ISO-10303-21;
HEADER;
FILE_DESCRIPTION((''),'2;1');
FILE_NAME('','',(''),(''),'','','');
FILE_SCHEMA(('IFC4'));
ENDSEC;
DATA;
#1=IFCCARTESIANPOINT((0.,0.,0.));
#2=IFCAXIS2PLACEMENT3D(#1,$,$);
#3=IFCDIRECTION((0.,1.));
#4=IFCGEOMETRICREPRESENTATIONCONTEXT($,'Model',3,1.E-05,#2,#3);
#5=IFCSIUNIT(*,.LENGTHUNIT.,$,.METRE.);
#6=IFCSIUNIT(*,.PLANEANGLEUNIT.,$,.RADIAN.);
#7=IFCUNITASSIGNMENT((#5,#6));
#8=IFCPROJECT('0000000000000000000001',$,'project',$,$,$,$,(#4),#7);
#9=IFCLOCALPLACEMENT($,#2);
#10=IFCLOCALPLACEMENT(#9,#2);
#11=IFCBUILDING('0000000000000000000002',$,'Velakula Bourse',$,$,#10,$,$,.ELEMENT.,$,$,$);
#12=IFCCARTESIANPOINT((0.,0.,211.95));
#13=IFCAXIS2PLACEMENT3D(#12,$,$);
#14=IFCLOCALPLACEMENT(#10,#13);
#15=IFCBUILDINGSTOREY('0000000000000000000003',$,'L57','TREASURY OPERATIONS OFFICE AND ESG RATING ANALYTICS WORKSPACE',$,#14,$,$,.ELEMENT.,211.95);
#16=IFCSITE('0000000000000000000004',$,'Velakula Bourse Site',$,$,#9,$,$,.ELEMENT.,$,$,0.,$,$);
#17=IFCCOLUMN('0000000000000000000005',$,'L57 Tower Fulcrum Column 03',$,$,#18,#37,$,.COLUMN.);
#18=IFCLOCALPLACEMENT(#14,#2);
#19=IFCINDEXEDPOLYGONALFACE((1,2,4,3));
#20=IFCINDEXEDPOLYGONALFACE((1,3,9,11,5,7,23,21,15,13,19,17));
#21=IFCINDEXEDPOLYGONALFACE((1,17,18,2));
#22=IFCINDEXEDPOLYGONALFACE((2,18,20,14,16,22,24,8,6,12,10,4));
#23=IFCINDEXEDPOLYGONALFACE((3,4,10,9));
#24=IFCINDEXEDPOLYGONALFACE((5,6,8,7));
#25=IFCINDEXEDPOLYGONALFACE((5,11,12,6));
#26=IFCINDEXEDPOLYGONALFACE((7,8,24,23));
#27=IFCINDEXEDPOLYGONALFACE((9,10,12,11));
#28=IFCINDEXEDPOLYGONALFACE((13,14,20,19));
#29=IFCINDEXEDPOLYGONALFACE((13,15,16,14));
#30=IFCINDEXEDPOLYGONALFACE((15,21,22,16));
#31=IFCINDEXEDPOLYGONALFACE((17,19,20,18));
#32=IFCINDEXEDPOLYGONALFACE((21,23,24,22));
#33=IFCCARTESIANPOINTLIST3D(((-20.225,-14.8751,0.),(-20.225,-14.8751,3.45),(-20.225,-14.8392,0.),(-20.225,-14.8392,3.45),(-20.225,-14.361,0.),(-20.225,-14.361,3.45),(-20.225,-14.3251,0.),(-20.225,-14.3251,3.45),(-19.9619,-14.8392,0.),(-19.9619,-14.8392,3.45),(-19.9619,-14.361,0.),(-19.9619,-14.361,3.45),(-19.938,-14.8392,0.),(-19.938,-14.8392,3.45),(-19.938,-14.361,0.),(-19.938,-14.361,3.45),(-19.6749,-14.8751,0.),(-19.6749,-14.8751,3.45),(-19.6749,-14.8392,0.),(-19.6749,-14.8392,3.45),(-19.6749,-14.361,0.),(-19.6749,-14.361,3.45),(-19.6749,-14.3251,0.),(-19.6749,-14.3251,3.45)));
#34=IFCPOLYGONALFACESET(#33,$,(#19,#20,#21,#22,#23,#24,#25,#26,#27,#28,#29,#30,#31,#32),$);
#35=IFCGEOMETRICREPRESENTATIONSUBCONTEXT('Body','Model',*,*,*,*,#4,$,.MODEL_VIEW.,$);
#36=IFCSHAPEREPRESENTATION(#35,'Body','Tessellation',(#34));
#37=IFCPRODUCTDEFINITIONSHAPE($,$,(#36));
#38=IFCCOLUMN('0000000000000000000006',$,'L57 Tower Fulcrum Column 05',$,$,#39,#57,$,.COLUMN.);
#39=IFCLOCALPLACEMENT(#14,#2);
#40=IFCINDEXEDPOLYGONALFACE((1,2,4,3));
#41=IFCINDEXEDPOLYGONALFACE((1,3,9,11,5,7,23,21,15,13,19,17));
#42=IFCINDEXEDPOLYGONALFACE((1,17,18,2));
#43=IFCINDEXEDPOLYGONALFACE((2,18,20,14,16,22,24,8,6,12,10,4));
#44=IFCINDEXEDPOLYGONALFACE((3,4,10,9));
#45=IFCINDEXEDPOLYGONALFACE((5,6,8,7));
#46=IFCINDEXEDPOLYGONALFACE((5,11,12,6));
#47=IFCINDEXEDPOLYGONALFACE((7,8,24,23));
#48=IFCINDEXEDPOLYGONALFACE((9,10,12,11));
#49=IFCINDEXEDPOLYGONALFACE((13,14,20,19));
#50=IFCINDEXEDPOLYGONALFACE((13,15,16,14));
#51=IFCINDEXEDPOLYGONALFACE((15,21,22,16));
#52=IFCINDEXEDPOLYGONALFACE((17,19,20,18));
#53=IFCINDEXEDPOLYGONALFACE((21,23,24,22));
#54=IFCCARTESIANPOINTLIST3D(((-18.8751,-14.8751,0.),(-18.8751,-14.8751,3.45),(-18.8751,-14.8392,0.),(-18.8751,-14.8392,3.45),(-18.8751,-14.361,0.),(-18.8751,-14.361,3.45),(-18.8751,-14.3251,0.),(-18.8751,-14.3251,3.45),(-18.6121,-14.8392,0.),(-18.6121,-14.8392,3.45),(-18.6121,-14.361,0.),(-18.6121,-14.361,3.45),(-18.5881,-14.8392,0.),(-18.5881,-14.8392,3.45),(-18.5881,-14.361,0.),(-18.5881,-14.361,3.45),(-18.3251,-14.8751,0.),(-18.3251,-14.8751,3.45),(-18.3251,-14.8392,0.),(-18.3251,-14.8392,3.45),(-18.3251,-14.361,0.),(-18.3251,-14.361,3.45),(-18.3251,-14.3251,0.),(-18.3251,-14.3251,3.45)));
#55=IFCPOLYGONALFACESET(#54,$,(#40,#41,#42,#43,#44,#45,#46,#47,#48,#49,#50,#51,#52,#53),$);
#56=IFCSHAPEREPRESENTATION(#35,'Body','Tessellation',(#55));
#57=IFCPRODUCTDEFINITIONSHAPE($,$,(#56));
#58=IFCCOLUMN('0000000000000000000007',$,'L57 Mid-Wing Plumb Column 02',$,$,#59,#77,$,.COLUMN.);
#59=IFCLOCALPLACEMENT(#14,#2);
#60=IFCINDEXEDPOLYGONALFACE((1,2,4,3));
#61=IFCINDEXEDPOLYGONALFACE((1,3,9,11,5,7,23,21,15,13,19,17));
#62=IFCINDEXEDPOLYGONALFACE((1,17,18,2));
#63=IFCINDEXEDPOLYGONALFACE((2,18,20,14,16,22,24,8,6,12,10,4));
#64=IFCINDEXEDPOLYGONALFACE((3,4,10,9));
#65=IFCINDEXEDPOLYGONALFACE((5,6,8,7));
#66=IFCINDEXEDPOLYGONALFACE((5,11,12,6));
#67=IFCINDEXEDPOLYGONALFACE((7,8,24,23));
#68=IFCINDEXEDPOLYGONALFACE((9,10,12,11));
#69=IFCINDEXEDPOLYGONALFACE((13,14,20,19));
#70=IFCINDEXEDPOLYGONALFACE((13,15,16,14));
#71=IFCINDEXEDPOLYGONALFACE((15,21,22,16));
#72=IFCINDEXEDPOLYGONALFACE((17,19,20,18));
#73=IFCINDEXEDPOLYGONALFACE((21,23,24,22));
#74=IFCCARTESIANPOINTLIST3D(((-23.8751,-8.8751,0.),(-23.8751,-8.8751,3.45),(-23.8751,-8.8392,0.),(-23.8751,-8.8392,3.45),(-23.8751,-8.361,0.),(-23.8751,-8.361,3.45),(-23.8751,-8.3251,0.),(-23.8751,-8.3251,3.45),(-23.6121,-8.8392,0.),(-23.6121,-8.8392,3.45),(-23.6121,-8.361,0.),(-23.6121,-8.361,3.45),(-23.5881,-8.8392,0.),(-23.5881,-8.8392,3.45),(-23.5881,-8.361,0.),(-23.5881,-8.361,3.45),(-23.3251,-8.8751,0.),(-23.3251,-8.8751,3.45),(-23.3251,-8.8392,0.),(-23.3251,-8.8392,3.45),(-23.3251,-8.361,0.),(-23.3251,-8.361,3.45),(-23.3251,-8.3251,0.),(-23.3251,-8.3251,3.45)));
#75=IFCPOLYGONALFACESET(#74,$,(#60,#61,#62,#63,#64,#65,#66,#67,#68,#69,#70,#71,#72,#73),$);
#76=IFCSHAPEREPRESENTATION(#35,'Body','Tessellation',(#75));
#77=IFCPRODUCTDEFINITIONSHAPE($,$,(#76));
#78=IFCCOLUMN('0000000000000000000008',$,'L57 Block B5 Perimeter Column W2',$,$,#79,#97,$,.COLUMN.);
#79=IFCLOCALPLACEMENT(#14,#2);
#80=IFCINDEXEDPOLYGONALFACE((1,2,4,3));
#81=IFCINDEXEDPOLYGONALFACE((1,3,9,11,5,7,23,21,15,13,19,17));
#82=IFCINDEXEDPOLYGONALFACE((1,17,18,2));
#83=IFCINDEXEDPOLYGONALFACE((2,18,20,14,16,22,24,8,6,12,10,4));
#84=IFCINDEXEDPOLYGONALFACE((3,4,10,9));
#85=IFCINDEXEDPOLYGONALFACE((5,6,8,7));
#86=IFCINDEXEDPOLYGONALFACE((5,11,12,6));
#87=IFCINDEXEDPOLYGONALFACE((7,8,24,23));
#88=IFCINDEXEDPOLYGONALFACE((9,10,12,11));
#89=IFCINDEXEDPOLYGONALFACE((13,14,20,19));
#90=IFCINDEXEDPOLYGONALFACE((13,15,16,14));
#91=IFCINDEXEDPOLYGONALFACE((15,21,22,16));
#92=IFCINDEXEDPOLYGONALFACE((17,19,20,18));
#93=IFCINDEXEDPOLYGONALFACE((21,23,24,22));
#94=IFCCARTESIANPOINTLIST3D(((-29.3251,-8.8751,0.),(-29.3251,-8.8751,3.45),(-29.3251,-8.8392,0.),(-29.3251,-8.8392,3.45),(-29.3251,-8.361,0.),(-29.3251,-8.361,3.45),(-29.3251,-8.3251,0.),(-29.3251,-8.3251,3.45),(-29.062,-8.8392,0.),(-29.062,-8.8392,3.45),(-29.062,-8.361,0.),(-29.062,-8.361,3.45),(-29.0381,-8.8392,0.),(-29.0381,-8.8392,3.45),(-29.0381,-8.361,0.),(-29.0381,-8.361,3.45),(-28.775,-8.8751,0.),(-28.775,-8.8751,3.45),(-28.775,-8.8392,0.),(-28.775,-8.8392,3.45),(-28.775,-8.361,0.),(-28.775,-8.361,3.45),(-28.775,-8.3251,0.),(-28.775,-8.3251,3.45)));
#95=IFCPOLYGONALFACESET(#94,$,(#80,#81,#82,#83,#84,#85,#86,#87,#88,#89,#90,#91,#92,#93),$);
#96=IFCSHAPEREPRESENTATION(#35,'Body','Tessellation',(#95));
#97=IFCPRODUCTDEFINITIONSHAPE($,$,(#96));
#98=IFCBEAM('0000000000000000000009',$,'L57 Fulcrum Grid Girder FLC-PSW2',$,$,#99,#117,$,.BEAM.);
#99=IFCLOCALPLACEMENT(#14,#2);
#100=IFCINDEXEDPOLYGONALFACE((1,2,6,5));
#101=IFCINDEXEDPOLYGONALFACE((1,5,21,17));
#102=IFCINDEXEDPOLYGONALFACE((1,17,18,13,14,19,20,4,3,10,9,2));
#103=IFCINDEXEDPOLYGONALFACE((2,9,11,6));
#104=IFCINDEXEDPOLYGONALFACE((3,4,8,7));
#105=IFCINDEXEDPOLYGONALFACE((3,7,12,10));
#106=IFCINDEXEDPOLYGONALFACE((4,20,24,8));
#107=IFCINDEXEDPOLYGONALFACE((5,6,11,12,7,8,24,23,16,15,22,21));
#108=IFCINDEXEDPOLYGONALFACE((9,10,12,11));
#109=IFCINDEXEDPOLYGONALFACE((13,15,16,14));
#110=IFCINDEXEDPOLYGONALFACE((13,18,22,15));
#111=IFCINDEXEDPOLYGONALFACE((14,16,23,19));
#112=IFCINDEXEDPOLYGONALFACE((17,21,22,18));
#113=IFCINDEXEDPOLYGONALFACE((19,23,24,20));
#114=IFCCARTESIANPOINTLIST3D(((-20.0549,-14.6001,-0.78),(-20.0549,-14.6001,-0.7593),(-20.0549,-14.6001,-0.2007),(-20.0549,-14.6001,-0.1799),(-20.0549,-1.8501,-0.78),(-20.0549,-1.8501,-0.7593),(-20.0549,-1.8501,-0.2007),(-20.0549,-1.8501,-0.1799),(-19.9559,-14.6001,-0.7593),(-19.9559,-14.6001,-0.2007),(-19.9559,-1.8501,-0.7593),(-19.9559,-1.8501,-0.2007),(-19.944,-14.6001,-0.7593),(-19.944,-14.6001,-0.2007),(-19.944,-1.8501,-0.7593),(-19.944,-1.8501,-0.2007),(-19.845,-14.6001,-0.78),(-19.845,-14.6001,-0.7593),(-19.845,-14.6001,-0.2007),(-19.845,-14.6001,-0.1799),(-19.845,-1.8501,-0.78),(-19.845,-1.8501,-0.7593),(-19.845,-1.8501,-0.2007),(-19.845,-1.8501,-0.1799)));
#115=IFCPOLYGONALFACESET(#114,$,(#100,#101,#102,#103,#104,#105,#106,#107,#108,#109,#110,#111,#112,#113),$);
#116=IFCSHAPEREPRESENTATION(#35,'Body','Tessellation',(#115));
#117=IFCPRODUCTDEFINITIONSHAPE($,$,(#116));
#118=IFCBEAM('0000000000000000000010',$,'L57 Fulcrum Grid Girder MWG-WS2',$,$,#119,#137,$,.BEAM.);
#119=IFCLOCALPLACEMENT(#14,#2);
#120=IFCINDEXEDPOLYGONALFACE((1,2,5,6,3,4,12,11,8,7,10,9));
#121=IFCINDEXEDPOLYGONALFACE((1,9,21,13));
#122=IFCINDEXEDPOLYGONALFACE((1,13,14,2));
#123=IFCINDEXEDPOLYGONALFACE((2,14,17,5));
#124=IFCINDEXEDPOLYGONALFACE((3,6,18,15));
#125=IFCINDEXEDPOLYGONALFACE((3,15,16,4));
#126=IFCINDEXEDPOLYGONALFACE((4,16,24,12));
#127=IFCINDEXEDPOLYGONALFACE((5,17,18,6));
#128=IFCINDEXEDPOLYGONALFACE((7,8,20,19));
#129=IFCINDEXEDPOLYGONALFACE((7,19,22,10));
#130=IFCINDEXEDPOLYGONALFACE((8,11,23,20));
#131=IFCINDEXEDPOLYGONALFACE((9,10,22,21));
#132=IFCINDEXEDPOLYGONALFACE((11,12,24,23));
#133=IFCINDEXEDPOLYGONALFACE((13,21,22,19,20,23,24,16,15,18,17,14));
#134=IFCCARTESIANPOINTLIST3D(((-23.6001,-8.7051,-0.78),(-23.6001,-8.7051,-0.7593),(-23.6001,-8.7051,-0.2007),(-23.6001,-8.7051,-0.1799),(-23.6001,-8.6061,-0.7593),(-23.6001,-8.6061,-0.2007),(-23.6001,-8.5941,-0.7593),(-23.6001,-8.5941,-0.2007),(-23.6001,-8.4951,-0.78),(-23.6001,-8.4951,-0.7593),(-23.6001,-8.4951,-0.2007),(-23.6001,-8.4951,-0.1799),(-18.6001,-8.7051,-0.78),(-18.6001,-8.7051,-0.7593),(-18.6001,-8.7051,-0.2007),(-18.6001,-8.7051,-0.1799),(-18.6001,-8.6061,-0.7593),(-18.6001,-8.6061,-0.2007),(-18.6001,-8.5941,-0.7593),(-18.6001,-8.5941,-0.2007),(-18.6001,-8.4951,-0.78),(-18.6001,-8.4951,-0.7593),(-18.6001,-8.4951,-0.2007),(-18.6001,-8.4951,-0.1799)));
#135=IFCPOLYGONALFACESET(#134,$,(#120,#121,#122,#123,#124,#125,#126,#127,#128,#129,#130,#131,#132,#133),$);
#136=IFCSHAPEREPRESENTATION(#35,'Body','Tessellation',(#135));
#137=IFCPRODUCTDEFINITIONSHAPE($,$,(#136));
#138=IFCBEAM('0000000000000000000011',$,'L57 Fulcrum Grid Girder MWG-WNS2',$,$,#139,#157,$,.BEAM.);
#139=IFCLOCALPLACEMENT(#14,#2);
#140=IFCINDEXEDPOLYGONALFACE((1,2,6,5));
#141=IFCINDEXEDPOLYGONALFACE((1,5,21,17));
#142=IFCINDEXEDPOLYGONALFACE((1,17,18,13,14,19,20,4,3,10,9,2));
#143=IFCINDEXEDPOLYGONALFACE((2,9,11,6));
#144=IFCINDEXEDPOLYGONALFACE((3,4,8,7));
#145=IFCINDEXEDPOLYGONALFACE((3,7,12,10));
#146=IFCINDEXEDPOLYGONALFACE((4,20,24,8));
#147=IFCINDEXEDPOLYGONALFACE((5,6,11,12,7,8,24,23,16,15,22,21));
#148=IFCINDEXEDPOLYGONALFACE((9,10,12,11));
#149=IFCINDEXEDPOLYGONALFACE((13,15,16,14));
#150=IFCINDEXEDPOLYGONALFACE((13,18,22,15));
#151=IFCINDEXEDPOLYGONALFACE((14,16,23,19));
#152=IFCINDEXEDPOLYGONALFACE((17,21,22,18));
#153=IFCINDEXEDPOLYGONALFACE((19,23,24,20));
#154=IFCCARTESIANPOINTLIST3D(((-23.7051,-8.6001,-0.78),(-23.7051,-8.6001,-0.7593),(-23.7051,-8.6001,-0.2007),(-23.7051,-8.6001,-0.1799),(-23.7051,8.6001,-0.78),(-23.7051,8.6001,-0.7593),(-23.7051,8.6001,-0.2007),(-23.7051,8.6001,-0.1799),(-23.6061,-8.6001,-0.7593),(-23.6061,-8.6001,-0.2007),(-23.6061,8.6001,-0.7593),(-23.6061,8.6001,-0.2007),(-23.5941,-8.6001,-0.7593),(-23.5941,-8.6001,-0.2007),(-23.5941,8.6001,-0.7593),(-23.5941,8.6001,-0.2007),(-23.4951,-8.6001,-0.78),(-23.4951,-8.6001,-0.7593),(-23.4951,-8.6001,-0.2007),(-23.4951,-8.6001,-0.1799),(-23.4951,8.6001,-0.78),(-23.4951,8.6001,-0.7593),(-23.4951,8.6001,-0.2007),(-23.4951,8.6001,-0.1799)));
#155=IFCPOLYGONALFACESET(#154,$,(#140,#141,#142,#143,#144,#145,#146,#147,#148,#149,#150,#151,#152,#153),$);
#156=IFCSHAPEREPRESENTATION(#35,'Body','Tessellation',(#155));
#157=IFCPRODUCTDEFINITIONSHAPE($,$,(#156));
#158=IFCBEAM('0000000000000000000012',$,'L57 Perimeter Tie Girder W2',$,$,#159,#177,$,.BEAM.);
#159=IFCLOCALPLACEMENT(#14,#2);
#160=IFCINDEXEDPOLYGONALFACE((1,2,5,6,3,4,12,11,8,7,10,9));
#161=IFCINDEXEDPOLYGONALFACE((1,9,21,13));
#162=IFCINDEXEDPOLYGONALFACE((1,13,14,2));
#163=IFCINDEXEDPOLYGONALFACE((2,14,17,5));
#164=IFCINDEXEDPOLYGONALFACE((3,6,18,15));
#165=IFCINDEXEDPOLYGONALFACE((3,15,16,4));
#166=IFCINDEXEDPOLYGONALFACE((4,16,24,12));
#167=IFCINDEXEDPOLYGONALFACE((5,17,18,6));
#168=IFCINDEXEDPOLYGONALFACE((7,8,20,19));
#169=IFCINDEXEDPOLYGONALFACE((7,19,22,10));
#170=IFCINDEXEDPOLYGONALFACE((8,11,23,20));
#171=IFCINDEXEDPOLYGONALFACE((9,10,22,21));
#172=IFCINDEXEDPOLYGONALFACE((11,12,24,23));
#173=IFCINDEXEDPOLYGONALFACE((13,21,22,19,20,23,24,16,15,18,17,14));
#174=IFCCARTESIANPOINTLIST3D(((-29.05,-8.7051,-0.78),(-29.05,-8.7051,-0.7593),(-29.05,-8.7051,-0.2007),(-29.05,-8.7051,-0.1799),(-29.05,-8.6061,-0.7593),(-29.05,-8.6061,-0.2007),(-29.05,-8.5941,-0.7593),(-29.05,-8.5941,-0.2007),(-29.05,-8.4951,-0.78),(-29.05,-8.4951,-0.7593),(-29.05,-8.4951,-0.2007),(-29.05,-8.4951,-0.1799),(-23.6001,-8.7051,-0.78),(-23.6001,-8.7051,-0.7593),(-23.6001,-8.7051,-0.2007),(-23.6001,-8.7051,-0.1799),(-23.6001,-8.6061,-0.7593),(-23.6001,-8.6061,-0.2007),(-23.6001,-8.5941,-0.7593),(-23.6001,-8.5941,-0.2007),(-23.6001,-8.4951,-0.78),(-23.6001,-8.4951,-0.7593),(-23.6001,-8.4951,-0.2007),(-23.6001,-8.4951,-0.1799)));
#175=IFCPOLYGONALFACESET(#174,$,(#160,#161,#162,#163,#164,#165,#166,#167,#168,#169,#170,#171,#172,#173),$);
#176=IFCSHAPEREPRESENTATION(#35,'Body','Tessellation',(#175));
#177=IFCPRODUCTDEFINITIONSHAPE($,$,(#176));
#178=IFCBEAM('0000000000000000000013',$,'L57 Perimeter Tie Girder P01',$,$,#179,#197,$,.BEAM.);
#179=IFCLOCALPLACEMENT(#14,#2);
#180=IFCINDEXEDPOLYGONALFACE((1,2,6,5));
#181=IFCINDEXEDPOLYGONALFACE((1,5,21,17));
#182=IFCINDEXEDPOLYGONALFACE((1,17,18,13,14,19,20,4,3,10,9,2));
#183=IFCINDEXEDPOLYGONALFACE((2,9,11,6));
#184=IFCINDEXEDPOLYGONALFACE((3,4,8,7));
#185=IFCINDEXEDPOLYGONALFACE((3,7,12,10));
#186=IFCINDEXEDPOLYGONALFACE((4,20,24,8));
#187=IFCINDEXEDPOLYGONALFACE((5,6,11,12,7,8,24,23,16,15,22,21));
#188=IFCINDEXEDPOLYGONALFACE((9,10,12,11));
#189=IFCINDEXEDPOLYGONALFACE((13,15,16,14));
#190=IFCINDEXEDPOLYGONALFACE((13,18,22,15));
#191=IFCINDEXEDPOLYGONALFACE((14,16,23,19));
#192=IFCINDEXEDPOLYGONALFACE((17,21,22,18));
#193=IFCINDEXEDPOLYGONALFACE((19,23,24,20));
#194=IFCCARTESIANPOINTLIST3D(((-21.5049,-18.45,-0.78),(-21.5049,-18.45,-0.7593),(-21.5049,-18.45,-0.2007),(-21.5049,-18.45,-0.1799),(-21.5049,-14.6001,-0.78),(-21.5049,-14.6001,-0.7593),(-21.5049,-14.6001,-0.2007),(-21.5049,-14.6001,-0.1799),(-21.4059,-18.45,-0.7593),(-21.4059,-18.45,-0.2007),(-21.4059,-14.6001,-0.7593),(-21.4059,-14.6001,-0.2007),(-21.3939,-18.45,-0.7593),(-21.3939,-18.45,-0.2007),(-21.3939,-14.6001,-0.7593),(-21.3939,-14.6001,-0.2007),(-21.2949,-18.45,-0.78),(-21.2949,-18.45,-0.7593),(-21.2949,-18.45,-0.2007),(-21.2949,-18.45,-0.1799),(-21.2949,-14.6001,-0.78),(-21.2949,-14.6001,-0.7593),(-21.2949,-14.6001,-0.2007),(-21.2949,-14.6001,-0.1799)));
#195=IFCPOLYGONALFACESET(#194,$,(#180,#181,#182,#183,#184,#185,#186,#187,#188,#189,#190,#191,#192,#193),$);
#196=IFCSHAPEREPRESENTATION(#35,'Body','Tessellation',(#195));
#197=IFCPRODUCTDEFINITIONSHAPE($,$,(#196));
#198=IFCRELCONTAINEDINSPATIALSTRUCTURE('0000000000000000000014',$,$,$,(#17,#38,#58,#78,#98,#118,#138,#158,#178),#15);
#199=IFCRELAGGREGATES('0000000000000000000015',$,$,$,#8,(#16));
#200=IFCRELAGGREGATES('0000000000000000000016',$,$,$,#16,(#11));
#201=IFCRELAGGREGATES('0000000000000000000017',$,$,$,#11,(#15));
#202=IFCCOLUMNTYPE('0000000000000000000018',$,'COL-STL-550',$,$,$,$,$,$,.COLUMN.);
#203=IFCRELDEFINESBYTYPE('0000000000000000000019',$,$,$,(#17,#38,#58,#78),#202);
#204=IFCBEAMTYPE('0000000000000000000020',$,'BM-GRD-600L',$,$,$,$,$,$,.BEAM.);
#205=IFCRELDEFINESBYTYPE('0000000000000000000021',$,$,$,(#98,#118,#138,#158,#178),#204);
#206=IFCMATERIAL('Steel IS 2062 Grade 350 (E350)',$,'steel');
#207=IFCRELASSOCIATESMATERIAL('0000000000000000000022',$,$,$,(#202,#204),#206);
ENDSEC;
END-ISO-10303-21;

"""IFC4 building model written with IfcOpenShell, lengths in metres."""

from ifc_helpers import new_model, si_unit, direction, frame, origin, origin_2d, place, context, subcontext, project, spatial, i_section, extrude, material, material_profile, profile_set, type_object, element, save


model = new_model("IFC4")

# Units and contexts
model_context = context("Model", 3, precision=1e-05, world=origin(), true_north=direction((0.0, 1.0)))
body_context = subcontext(model_context, "Body", "Model", "MODEL_VIEW")
ifc_project = project(units=[si_unit("LENGTHUNIT", "METRE"), si_unit("PLANEANGLEUNIT", "RADIAN")], contexts=[model_context])

# Site, building, storey
site_placement = place(None, origin())
site = spatial("IfcSite", under=ifc_project, at=site_placement, Name="Velakula Bourse Site", CompositionType="ELEMENT", RefElevation=0.0)
building_placement = place(site_placement, origin())
building = spatial("IfcBuilding", under=site, at=building_placement, Name="Velakula Bourse", CompositionType="ELEMENT")
storey_placement = place(building_placement, frame((0.0, 0.0, 211.95)))
storey = spatial("IfcBuildingStorey", under=building, at=storey_placement, Name="L57", Description="TREASURY OPERATIONS OFFICE AND ESG RATING ANALYTICS WORKSPACE", CompositionType="ELEMENT", Elevation=211.95)

# Columns
ifc_material_1 = material(Name="Steel IS 2062 Grade 350 (E350)", Category="steel")
ifc_material_profile_1 = material_profile(ifc_material_1, i_section(OverallWidth=0.55, OverallDepth=0.55, WebThickness=0.0239, FlangeThickness=0.0359, at=origin_2d()), Name="Steel IS 2062 Grade 350 (E350)")
ifc_profile_set_1 = profile_set([ifc_material_profile_1], Name="Steel IS 2062 Grade 350 (E350)")
column_type = type_object("IfcColumnType", Name="COL-STL-550", PredefinedType="COLUMN", material=ifc_profile_set_1)
for number, where, z_axis, x_axis, name in (
    (1, (-19.95, -14.6001, 0.0), (0.0, 0.0, 1.0), (1.0, 0.0, 0.0), "L57 Tower Fulcrum Column 03"),
    (2, (-18.6001, -14.6001, 0.0), (0.0, 0.0, 1.0), (1.0, 0.0, 0.0), "L57 Tower Fulcrum Column 05"),
    (3, (-23.6001, -8.6001, 0.0), (0.0, 0.0, 1.0), (1.0, 0.0, 0.0), "L57 Mid-Wing Plumb Column 02"),
    (4, (-29.05, -8.6001, 0.0), (0.0, 0.0, 1.0), (1.0, 0.0, 0.0), "L57 Block B5 Perimeter Column W2"),
):
    element("IfcColumn", number, at=place(storey_placement, frame(where, z_axis=z_axis, x_axis=x_axis)), inside=storey, type_object=column_type, Name=name, PredefinedType="COLUMN", context=body_context, shape_type="SweptSolid", body=[
        extrude(i_section(OverallWidth=0.55, OverallDepth=0.55, WebThickness=0.0239, FlangeThickness=0.0359, at=origin_2d()), origin(), (0.0, 0.0, 1.0), 3.45),
    ])

# Beams
ifc_material_profile_2 = material_profile(ifc_material_1, i_section(OverallWidth=0.21, OverallDepth=0.6001, WebThickness=0.012, FlangeThickness=0.0208, at=origin_2d()), Name="Steel IS 2062 Grade 350 (E350)")
ifc_profile_set_2 = profile_set([ifc_material_profile_2], Name="Steel IS 2062 Grade 350 (E350)")
beam_type_1 = type_object("IfcBeamType", Name="BM-GRD-600L", PredefinedType="BEAM", material=ifc_profile_set_2)
beam_1_placement = place(storey_placement, frame((-19.95, -14.6001, -0.48), z_axis=(0.0, 1.0, 0.0), x_axis=(-1.0, 0.0, 0.0)))
element("IfcBeam", 5, at=beam_1_placement, inside=storey, type_object=beam_type_1, Name="L57 Fulcrum Grid Girder FLC-PSW2", PredefinedType="BEAM", context=body_context, shape_type="SweptSolid", body=[
    extrude(i_section(OverallWidth=0.21, OverallDepth=0.6001, WebThickness=0.012, FlangeThickness=0.0208, at=origin_2d()), origin(), (0.0, 0.0, 1.0), 12.75),
])
beam_2_placement = place(storey_placement, frame((-23.6001, -8.6001, -0.48), z_axis=(1.0, 0.0, 0.0), x_axis=(0.0, 1.0, 0.0)))
element("IfcBeam", 6, at=beam_2_placement, inside=storey, type_object=beam_type_1, Name="L57 Fulcrum Grid Girder MWG-WS2", PredefinedType="BEAM", context=body_context, shape_type="SweptSolid", body=[
    extrude(i_section(OverallWidth=0.21, OverallDepth=0.6001, WebThickness=0.012, FlangeThickness=0.0208, at=origin_2d()), origin(), (0.0, 0.0, 1.0), 5.0),
])
beam_3_placement = place(storey_placement, frame((-23.6001, -8.6001, -0.48), z_axis=(0.0, 1.0, 0.0), x_axis=(-1.0, 0.0, 0.0)))
element("IfcBeam", 7, at=beam_3_placement, inside=storey, type_object=beam_type_1, Name="L57 Fulcrum Grid Girder MWG-WNS2", PredefinedType="BEAM", context=body_context, shape_type="SweptSolid", body=[
    extrude(i_section(OverallWidth=0.21, OverallDepth=0.6001, WebThickness=0.012, FlangeThickness=0.0208, at=origin_2d()), origin(), (0.0, 0.0, 1.0), 17.2002),
])
beam_4_placement = place(storey_placement, frame((-23.6001, -8.6001, -0.48), z_axis=(-1.0, 0.0, 0.0), x_axis=(0.0, -1.0, 0.0)))
element("IfcBeam", 8, at=beam_4_placement, inside=storey, type_object=beam_type_1, Name="L57 Perimeter Tie Girder W2", PredefinedType="BEAM", context=body_context, shape_type="SweptSolid", body=[
    extrude(i_section(OverallWidth=0.21, OverallDepth=0.6001, WebThickness=0.012, FlangeThickness=0.0208, at=origin_2d()), origin(), (0.0, 0.0, 1.0), 5.45),
])
for number, where, z_axis, x_axis, name in (
    (9, (-21.3999, -14.6001, -0.48), (0.0, -1.0, 0.0), (1.0, 0.0, 0.0), "L57 Perimeter Tie Girder P01"),
):
    element("IfcBeam", number, at=place(storey_placement, frame(where, z_axis=z_axis, x_axis=x_axis)), inside=storey, type_object=beam_type_1, Name=name, PredefinedType="BEAM", context=body_context, shape_type="SweptSolid", body=[
        extrude(i_section(OverallWidth=0.21, OverallDepth=0.6001, WebThickness=0.012, FlangeThickness=0.0208, at=origin_2d()), origin(), (0.0, 0.0, 1.0), 3.8499),
    ])

save(model, "model.ifc")
